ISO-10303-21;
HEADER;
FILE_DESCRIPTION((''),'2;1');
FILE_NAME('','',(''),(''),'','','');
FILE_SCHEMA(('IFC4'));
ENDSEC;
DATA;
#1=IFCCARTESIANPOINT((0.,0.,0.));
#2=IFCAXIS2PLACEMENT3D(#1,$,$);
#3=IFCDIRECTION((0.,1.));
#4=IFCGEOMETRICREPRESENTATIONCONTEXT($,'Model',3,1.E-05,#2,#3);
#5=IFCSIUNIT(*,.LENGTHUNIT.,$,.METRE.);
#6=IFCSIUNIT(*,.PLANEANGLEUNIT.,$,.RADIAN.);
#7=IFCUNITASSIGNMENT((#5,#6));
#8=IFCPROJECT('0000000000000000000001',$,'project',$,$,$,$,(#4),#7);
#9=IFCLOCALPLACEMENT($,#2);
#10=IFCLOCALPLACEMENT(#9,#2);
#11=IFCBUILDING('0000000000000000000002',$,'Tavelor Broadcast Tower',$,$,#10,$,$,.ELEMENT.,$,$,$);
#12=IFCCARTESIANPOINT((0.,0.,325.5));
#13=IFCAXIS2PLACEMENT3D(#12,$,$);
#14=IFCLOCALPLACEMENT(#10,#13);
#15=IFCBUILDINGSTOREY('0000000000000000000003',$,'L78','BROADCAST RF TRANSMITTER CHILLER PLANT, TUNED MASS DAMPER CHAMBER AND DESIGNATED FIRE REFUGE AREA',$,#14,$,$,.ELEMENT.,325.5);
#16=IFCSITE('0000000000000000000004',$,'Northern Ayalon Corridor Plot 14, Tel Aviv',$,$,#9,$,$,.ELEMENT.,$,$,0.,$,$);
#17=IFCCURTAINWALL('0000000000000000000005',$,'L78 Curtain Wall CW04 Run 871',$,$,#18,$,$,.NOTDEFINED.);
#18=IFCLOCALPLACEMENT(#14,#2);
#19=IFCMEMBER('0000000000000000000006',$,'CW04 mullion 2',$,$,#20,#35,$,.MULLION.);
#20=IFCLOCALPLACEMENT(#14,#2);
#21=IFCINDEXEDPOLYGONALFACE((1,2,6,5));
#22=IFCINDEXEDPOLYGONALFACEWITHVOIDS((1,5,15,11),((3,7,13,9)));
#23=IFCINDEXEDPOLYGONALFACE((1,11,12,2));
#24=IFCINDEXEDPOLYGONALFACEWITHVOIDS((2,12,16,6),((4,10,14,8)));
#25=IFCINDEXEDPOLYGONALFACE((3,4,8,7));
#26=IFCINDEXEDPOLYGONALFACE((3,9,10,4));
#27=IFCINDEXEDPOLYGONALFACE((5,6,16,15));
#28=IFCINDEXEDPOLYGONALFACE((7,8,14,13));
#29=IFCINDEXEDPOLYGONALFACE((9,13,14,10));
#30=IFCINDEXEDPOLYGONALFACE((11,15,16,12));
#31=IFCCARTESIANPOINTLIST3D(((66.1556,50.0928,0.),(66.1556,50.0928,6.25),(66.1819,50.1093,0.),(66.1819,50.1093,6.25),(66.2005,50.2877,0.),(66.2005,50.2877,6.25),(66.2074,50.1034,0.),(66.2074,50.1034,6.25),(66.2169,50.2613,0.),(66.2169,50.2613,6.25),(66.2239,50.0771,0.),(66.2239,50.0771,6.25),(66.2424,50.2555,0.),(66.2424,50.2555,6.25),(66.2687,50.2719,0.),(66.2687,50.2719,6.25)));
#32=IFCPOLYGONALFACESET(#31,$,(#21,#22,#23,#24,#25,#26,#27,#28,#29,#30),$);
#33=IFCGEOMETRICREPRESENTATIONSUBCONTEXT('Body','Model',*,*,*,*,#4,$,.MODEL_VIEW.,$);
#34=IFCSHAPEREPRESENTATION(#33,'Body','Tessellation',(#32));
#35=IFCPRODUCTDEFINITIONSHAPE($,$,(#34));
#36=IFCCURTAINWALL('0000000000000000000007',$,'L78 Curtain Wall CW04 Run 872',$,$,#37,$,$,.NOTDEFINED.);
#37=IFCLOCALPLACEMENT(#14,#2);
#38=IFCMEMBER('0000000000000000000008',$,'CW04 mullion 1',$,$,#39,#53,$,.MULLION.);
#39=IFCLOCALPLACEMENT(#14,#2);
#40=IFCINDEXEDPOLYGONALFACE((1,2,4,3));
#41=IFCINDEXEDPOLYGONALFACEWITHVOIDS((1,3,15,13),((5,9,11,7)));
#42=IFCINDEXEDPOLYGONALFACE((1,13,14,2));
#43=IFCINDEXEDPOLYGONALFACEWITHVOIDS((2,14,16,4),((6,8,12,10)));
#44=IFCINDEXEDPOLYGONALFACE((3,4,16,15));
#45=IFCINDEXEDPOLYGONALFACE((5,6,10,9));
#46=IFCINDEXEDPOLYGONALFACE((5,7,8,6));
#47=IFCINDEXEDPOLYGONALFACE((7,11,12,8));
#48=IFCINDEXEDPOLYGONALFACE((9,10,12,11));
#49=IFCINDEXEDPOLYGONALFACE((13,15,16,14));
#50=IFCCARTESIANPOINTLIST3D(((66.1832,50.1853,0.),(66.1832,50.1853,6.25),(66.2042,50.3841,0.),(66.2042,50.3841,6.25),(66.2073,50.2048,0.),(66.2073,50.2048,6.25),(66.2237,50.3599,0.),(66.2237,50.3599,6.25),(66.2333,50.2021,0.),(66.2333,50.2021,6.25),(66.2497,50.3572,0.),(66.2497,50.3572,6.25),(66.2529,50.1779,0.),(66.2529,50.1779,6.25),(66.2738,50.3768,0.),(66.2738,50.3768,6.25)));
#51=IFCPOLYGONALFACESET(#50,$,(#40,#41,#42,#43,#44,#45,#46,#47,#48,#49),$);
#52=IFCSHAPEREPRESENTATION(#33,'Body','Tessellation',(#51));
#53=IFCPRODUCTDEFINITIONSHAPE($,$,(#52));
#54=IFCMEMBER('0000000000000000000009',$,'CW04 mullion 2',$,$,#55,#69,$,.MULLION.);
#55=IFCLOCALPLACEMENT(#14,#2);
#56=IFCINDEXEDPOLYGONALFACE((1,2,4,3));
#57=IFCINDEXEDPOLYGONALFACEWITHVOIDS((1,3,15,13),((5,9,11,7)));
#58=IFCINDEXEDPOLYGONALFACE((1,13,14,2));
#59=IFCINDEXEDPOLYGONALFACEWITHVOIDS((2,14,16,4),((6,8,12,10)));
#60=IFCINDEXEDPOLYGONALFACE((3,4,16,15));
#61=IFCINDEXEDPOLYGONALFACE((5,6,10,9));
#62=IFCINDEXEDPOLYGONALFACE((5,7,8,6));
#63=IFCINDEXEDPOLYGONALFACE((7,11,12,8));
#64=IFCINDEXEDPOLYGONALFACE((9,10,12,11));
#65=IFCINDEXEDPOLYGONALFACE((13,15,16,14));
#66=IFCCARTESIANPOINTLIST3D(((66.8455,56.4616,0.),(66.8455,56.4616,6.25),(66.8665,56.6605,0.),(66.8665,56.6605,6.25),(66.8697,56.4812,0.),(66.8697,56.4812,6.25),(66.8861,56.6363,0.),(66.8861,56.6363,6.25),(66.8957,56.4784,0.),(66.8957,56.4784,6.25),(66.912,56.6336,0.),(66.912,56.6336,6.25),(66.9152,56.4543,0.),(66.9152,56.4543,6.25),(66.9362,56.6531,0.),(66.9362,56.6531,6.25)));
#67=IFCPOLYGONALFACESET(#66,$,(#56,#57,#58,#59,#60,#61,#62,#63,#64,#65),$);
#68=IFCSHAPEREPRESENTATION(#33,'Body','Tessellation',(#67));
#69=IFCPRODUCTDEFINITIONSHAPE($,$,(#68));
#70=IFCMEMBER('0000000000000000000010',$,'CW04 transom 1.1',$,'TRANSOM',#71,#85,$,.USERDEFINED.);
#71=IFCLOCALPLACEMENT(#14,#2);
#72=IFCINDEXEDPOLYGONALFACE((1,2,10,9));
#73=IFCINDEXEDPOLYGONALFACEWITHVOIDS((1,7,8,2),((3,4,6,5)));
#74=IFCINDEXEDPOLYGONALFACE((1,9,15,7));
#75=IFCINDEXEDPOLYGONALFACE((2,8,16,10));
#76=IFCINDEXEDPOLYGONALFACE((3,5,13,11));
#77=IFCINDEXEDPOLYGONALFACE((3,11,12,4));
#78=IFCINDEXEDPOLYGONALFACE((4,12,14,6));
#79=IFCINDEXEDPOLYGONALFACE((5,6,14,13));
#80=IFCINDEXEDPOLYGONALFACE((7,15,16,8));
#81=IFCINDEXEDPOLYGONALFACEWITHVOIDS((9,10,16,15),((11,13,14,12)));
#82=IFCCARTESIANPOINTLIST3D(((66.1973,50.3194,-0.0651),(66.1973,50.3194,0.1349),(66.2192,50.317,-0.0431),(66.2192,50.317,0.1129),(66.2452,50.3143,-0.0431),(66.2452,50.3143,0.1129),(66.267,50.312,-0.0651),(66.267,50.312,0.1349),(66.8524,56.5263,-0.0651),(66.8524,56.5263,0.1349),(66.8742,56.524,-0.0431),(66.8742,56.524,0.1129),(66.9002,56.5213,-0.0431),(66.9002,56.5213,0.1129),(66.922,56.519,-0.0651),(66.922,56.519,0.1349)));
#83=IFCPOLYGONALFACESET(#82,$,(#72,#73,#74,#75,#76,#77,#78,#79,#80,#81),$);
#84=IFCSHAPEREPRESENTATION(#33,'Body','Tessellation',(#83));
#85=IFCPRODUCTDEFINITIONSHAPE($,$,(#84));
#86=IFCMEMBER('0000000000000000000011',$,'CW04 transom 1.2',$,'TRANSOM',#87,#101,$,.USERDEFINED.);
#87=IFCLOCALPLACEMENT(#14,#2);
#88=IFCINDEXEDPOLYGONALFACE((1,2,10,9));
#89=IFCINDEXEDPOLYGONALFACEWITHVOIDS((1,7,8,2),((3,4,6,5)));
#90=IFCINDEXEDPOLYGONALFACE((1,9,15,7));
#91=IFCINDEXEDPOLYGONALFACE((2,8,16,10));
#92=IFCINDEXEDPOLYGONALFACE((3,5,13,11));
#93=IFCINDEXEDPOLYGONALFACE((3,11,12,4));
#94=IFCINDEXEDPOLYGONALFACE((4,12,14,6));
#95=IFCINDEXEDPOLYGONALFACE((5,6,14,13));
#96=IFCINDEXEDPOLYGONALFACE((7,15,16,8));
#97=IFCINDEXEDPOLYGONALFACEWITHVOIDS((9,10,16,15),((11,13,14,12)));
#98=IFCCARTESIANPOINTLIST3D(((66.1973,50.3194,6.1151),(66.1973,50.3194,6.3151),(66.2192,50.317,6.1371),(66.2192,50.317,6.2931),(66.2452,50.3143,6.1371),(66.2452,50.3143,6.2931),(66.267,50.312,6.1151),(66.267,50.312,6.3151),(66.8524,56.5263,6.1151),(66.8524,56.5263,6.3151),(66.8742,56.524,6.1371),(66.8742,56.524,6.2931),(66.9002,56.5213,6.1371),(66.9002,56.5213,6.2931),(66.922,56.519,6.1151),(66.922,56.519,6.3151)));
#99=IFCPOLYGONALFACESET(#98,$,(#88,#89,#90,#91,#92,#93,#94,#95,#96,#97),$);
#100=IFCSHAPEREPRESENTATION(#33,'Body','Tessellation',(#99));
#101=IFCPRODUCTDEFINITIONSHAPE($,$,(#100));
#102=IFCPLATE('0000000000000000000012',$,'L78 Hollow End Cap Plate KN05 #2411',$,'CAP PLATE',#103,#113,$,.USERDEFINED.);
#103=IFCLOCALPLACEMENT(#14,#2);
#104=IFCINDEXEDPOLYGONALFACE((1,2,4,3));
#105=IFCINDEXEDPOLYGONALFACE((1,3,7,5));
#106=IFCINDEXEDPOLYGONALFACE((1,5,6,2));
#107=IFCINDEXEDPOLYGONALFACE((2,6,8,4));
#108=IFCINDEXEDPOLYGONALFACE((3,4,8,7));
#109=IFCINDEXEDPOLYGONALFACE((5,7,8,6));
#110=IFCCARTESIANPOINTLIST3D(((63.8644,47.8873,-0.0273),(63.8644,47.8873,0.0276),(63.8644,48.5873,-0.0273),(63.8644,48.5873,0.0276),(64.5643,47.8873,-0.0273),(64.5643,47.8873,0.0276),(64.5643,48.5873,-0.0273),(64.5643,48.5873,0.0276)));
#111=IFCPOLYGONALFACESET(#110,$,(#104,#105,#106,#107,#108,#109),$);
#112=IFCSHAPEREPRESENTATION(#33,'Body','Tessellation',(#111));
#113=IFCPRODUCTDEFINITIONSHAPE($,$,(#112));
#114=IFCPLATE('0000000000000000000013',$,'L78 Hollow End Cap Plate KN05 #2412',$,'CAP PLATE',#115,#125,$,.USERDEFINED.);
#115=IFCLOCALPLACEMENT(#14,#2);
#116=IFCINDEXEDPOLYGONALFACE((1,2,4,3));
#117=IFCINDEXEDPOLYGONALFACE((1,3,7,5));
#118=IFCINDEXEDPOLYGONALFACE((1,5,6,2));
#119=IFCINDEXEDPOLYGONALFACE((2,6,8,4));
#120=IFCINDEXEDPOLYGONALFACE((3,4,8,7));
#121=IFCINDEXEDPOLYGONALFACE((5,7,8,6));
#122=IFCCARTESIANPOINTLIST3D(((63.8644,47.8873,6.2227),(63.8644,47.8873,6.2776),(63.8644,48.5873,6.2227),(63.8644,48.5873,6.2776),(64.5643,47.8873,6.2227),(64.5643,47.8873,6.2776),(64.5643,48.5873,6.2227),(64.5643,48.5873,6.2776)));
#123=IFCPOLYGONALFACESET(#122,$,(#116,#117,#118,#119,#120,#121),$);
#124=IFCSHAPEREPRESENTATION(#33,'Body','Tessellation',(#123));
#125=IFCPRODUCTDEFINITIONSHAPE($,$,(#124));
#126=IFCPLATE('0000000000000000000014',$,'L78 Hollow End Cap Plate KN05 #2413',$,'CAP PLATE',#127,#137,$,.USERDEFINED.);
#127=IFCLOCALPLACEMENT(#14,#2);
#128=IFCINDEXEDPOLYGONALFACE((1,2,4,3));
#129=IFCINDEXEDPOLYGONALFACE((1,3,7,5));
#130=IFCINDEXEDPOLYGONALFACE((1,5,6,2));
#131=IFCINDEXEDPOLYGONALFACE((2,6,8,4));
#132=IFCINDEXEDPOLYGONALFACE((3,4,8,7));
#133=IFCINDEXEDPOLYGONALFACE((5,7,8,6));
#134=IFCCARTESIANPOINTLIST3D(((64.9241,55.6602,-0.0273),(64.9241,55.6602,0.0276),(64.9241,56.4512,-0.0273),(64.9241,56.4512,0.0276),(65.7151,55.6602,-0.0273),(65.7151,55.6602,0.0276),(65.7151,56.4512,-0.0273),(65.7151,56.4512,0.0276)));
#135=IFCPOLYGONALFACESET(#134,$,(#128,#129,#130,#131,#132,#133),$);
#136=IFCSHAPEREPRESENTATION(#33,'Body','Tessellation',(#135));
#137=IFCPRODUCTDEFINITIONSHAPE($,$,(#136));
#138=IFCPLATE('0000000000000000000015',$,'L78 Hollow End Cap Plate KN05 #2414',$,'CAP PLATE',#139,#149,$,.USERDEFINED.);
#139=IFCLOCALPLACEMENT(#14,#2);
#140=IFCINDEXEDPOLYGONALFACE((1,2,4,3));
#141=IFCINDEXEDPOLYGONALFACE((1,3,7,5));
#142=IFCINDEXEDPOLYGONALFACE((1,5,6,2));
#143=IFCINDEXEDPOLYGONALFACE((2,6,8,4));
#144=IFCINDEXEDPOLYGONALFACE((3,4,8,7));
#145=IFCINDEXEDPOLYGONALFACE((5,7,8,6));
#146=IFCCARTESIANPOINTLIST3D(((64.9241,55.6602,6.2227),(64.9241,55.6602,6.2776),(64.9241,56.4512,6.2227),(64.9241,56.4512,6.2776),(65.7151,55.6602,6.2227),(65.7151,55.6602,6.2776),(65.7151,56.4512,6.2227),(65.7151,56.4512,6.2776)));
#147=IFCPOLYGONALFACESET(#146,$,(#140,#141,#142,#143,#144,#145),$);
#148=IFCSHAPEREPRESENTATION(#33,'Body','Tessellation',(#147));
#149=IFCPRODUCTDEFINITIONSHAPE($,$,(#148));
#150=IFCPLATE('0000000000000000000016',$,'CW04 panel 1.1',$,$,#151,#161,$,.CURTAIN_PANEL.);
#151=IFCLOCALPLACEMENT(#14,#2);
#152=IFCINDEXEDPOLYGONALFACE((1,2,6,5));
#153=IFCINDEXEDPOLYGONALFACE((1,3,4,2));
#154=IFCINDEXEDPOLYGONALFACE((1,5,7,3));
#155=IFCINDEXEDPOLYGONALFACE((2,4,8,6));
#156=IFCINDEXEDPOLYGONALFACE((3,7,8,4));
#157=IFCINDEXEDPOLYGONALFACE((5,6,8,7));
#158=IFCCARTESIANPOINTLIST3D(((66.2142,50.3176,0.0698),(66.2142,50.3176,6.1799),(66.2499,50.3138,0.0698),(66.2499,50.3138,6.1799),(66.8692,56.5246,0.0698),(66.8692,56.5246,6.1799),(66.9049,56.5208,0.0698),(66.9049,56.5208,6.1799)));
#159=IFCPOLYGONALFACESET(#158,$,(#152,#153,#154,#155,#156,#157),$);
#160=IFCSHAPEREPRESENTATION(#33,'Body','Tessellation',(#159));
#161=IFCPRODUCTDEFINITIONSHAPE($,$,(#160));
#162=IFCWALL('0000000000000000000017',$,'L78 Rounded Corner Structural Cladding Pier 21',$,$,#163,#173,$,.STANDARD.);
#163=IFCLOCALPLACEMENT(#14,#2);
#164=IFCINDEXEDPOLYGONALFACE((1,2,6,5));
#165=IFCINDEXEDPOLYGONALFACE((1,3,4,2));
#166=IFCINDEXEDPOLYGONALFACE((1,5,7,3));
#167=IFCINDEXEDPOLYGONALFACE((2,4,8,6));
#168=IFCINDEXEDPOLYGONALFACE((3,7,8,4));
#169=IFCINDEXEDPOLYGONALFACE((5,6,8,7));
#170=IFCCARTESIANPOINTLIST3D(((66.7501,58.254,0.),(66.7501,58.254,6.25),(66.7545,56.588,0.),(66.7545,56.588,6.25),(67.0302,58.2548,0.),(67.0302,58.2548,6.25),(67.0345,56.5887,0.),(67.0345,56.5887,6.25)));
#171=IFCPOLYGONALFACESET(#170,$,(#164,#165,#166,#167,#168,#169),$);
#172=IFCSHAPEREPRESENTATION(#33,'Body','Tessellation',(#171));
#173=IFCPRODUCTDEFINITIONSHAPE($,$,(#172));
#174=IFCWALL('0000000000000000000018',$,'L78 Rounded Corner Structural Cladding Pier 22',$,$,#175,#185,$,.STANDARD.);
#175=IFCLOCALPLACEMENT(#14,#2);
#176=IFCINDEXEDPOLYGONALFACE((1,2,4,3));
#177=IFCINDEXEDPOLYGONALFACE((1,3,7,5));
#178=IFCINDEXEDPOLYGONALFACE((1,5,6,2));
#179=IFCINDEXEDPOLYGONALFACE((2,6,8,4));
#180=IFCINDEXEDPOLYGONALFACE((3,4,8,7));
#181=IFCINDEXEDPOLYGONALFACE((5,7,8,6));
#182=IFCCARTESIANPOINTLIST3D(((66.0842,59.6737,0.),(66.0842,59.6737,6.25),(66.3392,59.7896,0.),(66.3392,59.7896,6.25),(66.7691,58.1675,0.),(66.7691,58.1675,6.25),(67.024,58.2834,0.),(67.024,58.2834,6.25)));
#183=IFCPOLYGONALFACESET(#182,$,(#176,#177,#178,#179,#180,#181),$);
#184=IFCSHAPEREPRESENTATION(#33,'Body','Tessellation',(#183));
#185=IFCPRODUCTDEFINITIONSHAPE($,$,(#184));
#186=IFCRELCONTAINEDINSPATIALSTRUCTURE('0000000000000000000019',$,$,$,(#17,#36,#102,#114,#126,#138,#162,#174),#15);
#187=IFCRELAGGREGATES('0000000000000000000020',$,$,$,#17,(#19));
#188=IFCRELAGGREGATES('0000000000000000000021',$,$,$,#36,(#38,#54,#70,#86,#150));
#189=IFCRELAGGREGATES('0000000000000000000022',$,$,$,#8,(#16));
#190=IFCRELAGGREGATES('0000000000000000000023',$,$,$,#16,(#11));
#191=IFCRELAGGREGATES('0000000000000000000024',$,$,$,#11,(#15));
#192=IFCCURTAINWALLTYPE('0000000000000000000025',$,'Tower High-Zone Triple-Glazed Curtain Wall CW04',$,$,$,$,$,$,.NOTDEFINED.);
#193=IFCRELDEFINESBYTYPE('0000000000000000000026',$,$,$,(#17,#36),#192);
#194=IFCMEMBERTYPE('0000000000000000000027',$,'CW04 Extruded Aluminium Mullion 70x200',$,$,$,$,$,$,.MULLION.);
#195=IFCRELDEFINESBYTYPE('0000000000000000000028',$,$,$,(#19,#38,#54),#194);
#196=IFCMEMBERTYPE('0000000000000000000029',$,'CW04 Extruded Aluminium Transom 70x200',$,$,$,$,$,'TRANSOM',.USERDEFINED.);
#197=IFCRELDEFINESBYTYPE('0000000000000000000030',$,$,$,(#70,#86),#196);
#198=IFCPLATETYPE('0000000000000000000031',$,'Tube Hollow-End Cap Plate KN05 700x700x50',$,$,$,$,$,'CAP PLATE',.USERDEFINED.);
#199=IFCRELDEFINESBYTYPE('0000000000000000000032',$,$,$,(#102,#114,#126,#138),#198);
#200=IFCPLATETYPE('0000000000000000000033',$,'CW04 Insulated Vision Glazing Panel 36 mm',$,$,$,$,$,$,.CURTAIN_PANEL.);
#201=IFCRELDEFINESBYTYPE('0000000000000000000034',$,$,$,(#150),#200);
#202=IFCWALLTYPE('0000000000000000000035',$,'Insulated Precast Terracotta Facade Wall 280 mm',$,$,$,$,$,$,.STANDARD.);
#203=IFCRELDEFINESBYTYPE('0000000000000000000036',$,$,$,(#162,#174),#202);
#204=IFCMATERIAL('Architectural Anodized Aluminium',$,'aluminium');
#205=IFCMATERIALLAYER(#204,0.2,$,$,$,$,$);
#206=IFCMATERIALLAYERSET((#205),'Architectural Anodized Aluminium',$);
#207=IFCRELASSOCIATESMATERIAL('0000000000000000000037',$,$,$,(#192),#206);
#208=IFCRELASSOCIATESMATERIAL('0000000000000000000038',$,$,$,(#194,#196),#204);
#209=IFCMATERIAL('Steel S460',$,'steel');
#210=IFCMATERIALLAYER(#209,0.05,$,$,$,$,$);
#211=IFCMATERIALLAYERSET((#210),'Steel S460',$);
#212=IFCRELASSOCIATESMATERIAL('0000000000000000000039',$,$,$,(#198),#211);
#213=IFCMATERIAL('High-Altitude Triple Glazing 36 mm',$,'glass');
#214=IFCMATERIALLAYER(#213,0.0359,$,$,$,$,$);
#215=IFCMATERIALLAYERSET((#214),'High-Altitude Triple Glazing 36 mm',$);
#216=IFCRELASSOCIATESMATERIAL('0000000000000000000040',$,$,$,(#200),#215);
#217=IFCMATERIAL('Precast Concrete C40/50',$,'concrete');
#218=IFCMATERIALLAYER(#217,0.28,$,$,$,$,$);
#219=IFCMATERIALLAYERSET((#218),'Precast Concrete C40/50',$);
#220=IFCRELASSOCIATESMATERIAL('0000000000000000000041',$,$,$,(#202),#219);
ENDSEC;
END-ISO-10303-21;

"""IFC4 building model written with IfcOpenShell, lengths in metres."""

from ifc_helpers import new_model, si_unit, direction, frame, frame_2d, origin, origin_2d, place, context, subcontext, project, spatial, rectangle, hollow_rectangle, extrude, source, transform, mapped, material, layer, layer_set, material_profile, profile_set, type_object, type_shapes, element, aggregate, save


model = new_model("IFC4")

# Units and contexts
model_context = context("Model", 3, precision=1e-05, world=origin(), true_north=direction((0.0, 1.0)))
body_context = subcontext(model_context, "Body", "Model", "MODEL_VIEW")
ifc_project = project(units=[si_unit("LENGTHUNIT", "METRE"), si_unit("PLANEANGLEUNIT", "RADIAN")], contexts=[model_context])

# Site, building, storey
site_placement = place(None, origin())
site = spatial("IfcSite", under=ifc_project, at=site_placement, Name="Northern Ayalon Corridor Plot 14, Tel Aviv", CompositionType="ELEMENT", RefElevation=0.0)
building_placement = place(site_placement, origin())
building = spatial("IfcBuilding", under=site, at=building_placement, Name="Tavelor Broadcast Tower", CompositionType="ELEMENT")
storey_placement = place(building_placement, frame((0.0, 0.0, 325.5)))
storey = spatial("IfcBuildingStorey", under=building, at=storey_placement, Name="L78", Description="BROADCAST RF TRANSMITTER CHILLER PLANT, TUNED MASS DAMPER CHAMBER AND DESIGNATED FIRE REFUGE AREA", CompositionType="ELEMENT", Elevation=325.5)

# Shared definitions
ifc_material_1 = material(Name="Steel S460", Category="steel")

# Curtain wall, member
ifc_material_2 = material(Name="Architectural Anodized Aluminium", Category="aluminium")
ifc_layer_1 = layer(ifc_material_2, 0.2)
ifc_layer_set_1 = layer_set([ifc_layer_1], Name="Architectural Anodized Aluminium")
curtain_wall_type = type_object("IfcCurtainWallType", Name="Tower High-Zone Triple-Glazed Curtain Wall CW04", PredefinedType="NOTDEFINED", material=ifc_layer_set_1)
curtain_wall_1_placement = place(storey_placement, origin())
curtain_wall_1 = element("IfcCurtainWall", 1, at=curtain_wall_1_placement, inside=storey, type_object=curtain_wall_type, Name="L78 Curtain Wall CW04 Run 871", PredefinedType="NOTDEFINED")
ifc_material_profile_1 = material_profile(ifc_material_2, hollow_rectangle(XDim=0.0701, YDim=0.2, WallThickness=0.022, at=origin_2d()), Name="RHS 70x200x22")
ifc_profile_set_1 = profile_set([ifc_material_profile_1], Name="Architectural Anodized Aluminium")
member_type_1 = type_object("IfcMemberType", Name="CW04 Extruded Aluminium Mullion 70x200", PredefinedType="MULLION", material=ifc_profile_set_1)
shared_shape_1 = source(origin(), body_context, "Body", "SweptSolid", [
    extrude(hollow_rectangle(XDim=0.0701, YDim=0.2, WallThickness=0.022, at=origin_2d()), origin(), (0.0, 0.0, 1.0), 6.25),
])
type_shapes(member_type_1, [shared_shape_1])
member_1_placement = place(storey_placement, frame((66.2122, 50.1824, 0.0), z_axis=(0.0, 0.0, 1.0), x_axis=(-0.974472, 0.224507, 0.0)))
member_1 = element("IfcMember", 2, at=member_1_placement, type_object=member_type_1, Name="CW04 mullion 2", PredefinedType="MULLION", context=body_context, shape_type="MappedRepresentation", body=[
    mapped(shared_shape_1, transform((0.0, 0.0, 0.0), scale=1.0)),
])
aggregate(curtain_wall_1, [member_1])

# Curtain wall, members
curtain_wall_2_placement = place(storey_placement, origin())
curtain_wall_2 = element("IfcCurtainWall", 3, at=curtain_wall_2_placement, inside=storey, type_object=curtain_wall_type, Name="L78 Curtain Wall CW04 Run 872", PredefinedType="NOTDEFINED")
member_2_placement = place(storey_placement, frame((66.2285, 50.281, 0.0), z_axis=(0.0, 0.0, 1.0), x_axis=(-0.994478, 0.104945, 0.0)))
member_2 = element("IfcMember", 4, at=member_2_placement, type_object=member_type_1, Name="CW04 mullion 1", PredefinedType="MULLION", context=body_context, shape_type="MappedRepresentation", body=[
    mapped(shared_shape_1, transform((0.0, 0.0, 0.0), scale=1.0)),
])
member_3_placement = place(storey_placement, frame((66.8909, 56.5574, 0.0), z_axis=(0.0, 0.0, 1.0), x_axis=(-0.994478, 0.104945, 0.0)))
member_3 = element("IfcMember", 5, at=member_3_placement, type_object=member_type_1, Name="CW04 mullion 2", PredefinedType="MULLION", context=body_context, shape_type="MappedRepresentation", body=[
    mapped(shared_shape_1, transform((0.0, 0.0, 0.0), scale=1.0)),
])
ifc_material_profile_2 = material_profile(ifc_material_2, hollow_rectangle(XDim=0.0701, YDim=0.2, WallThickness=0.022, at=origin_2d()), Name="RHS 70x200x22")
ifc_profile_set_2 = profile_set([ifc_material_profile_2], Name="Architectural Anodized Aluminium")
member_type_2 = type_object("IfcMemberType", Name="CW04 Extruded Aluminium Transom 70x200", ElementType="TRANSOM", PredefinedType="USERDEFINED", material=ifc_profile_set_2)
shared_shape_2 = source(origin(), body_context, "Body", "SweptSolid", [
    extrude(hollow_rectangle(XDim=0.0701, YDim=0.2, WallThickness=0.022, at=origin_2d()), origin(), (0.0, 0.0, 1.0), 6.2415),
])
type_shapes(member_type_2, [shared_shape_2])
member_4_placement = place(storey_placement, frame((66.2322, 50.3157, 0.0349), z_axis=(0.104947, 0.994478, 0.0), x_axis=(-0.994478, 0.104947, 0.0)))
member_4 = element("IfcMember", 6, at=member_4_placement, type_object=member_type_2, Name="CW04 transom 1.1", ObjectType="TRANSOM", PredefinedType="USERDEFINED", context=body_context, shape_type="MappedRepresentation", body=[
    mapped(shared_shape_2, transform((0.0, 0.0, 0.0), scale=1.0)),
])
member_5_placement = place(storey_placement, frame((66.2322, 50.3157, 6.2151), z_axis=(0.104947, 0.994478, 0.0), x_axis=(-0.994478, 0.104947, 0.0)))
member_5 = element("IfcMember", 7, at=member_5_placement, type_object=member_type_2, Name="CW04 transom 1.2", ObjectType="TRANSOM", PredefinedType="USERDEFINED", context=body_context, shape_type="MappedRepresentation", body=[
    mapped(shared_shape_2, transform((0.0, 0.0, 0.0), scale=1.0)),
])

# Plates
ifc_layer_2 = layer(ifc_material_1, 0.05)
ifc_layer_set_2 = layer_set([ifc_layer_2], Name="Steel S460")
plate_type_1 = type_object("IfcPlateType", Name="Tube Hollow-End Cap Plate KN05 700x700x50", ElementType="CAP PLATE", PredefinedType="USERDEFINED", material=ifc_layer_set_2)
shared_shape_3 = source(origin(), body_context, "Body", "SweptSolid", [
    extrude(rectangle(XDim=0.7, YDim=0.7, at=origin_2d()), origin(), (0.0, 0.0, 1.0), 0.0549),
])
for number, where, z_axis, x_axis, name in (
    (8, (64.2144, 48.2373, -0.0273), (0.0, 0.0, 1.0), (1.0, 0.0, 0.0), "L78 Hollow End Cap Plate KN05 #2411"),
    (9, (64.2144, 48.2373, 6.2227), (0.0, 0.0, 1.0), (1.0, 0.0, 0.0), "L78 Hollow End Cap Plate KN05 #2412"),
):
    element("IfcPlate", number, at=place(storey_placement, frame(where, z_axis=z_axis, x_axis=x_axis)), inside=storey, type_object=plate_type_1, Name=name, ObjectType="CAP PLATE", PredefinedType="USERDEFINED", context=body_context, shape_type="MappedRepresentation", body=[
        mapped(shared_shape_3, transform((0.0, 0.0, 0.0), scale=1.0)),
    ])
shared_shape_4 = source(origin(), body_context, "Body", "SweptSolid", [
    extrude(rectangle(XDim=0.791, YDim=0.791, at=origin_2d()), origin(), (0.0, 0.0, 1.0), 0.0549),
])
type_shapes(plate_type_1, [shared_shape_3, shared_shape_4])
for number, where, z_axis, x_axis, name in (
    (10, (65.3196, 56.0557, -0.0273), (0.0, 0.0, 1.0), (1.0, 0.0, 0.0), "L78 Hollow End Cap Plate KN05 #2413"),
    (11, (65.3196, 56.0557, 6.2227), (0.0, 0.0, 1.0), (1.0, 0.0, 0.0), "L78 Hollow End Cap Plate KN05 #2414"),
):
    element("IfcPlate", number, at=place(storey_placement, frame(where, z_axis=z_axis, x_axis=x_axis)), inside=storey, type_object=plate_type_1, Name=name, ObjectType="CAP PLATE", PredefinedType="USERDEFINED", context=body_context, shape_type="MappedRepresentation", body=[
        mapped(shared_shape_4, transform((0.0, 0.0, 0.0), scale=1.0)),
    ])

# Plate
ifc_material_3 = material(Name="High-Altitude Triple Glazing 36 mm", Category="glass")
ifc_layer_3 = layer(ifc_material_3, 0.0359)
ifc_layer_set_3 = layer_set([ifc_layer_3], Name="High-Altitude Triple Glazing 36 mm")
plate_type_2 = type_object("IfcPlateType", Name="CW04 Insulated Vision Glazing Panel 36 mm", PredefinedType="CURTAIN_PANEL", material=ifc_layer_set_3)
shared_shape_5 = source(origin(), body_context, "Body", "SweptSolid", [
    extrude(rectangle(XDim=6.2415, YDim=0.0359, at=origin_2d()), origin(), (0.0, 0.0, 1.0), 6.1101),
])
type_shapes(plate_type_2, [shared_shape_5])
plate_placement = place(storey_placement, frame((66.5596, 53.4192, 0.0698), z_axis=(0.0, 0.0, 1.0), x_axis=(0.104945, 0.994478, 0.0)))
plate = element("IfcPlate", 12, at=plate_placement, type_object=plate_type_2, Name="CW04 panel 1.1", PredefinedType="CURTAIN_PANEL", context=body_context, shape_type="MappedRepresentation", body=[
    mapped(shared_shape_5, transform((0.0, 0.0, 0.0), scale=1.0)),
])
aggregate(curtain_wall_2, [member_2, member_3, member_4, member_5, plate])

# Walls
ifc_material_4 = material(Name="Precast Concrete C40/50", Category="concrete")
ifc_layer_4 = layer(ifc_material_4, 0.28)
ifc_layer_set_4 = layer_set([ifc_layer_4], Name="Precast Concrete C40/50")
wall_type = type_object("IfcWallType", Name="Insulated Precast Terracotta Facade Wall 280 mm", PredefinedType="STANDARD", material=ifc_layer_set_4)
wall_1_placement = place(storey_placement, frame((66.8945, 56.5884, 0.0), z_axis=(0.0, 0.0, 1.0), x_axis=(-0.002638, 0.999997, 0.0)))
element("IfcWall", 13, at=wall_1_placement, inside=storey, type_object=wall_type, Name="L78 Rounded Corner Structural Cladding Pier 21", PredefinedType="STANDARD", context=body_context, shape_type="SweptSolid", body=[
    extrude(rectangle(XDim=1.666, YDim=0.28, at=frame_2d((0.833, 0.0))), origin(), (0.0, 0.0, 1.0), 6.25),
])
wall_2_placement = place(storey_placement, frame((66.8965, 58.2256, 0.0), z_axis=(0.0, 0.0, 1.0), x_axis=(-0.413914, 0.910316, 0.0)))
element("IfcWall", 14, at=wall_2_placement, inside=storey, type_object=wall_type, Name="L78 Rounded Corner Structural Cladding Pier 22", PredefinedType="STANDARD", context=body_context, shape_type="SweptSolid", body=[
    extrude(rectangle(XDim=1.6545, YDim=0.28, at=frame_2d((0.8271, 0.0))), origin(), (0.0, 0.0, 1.0), 6.25),
])

save(model, "model.ifc")
